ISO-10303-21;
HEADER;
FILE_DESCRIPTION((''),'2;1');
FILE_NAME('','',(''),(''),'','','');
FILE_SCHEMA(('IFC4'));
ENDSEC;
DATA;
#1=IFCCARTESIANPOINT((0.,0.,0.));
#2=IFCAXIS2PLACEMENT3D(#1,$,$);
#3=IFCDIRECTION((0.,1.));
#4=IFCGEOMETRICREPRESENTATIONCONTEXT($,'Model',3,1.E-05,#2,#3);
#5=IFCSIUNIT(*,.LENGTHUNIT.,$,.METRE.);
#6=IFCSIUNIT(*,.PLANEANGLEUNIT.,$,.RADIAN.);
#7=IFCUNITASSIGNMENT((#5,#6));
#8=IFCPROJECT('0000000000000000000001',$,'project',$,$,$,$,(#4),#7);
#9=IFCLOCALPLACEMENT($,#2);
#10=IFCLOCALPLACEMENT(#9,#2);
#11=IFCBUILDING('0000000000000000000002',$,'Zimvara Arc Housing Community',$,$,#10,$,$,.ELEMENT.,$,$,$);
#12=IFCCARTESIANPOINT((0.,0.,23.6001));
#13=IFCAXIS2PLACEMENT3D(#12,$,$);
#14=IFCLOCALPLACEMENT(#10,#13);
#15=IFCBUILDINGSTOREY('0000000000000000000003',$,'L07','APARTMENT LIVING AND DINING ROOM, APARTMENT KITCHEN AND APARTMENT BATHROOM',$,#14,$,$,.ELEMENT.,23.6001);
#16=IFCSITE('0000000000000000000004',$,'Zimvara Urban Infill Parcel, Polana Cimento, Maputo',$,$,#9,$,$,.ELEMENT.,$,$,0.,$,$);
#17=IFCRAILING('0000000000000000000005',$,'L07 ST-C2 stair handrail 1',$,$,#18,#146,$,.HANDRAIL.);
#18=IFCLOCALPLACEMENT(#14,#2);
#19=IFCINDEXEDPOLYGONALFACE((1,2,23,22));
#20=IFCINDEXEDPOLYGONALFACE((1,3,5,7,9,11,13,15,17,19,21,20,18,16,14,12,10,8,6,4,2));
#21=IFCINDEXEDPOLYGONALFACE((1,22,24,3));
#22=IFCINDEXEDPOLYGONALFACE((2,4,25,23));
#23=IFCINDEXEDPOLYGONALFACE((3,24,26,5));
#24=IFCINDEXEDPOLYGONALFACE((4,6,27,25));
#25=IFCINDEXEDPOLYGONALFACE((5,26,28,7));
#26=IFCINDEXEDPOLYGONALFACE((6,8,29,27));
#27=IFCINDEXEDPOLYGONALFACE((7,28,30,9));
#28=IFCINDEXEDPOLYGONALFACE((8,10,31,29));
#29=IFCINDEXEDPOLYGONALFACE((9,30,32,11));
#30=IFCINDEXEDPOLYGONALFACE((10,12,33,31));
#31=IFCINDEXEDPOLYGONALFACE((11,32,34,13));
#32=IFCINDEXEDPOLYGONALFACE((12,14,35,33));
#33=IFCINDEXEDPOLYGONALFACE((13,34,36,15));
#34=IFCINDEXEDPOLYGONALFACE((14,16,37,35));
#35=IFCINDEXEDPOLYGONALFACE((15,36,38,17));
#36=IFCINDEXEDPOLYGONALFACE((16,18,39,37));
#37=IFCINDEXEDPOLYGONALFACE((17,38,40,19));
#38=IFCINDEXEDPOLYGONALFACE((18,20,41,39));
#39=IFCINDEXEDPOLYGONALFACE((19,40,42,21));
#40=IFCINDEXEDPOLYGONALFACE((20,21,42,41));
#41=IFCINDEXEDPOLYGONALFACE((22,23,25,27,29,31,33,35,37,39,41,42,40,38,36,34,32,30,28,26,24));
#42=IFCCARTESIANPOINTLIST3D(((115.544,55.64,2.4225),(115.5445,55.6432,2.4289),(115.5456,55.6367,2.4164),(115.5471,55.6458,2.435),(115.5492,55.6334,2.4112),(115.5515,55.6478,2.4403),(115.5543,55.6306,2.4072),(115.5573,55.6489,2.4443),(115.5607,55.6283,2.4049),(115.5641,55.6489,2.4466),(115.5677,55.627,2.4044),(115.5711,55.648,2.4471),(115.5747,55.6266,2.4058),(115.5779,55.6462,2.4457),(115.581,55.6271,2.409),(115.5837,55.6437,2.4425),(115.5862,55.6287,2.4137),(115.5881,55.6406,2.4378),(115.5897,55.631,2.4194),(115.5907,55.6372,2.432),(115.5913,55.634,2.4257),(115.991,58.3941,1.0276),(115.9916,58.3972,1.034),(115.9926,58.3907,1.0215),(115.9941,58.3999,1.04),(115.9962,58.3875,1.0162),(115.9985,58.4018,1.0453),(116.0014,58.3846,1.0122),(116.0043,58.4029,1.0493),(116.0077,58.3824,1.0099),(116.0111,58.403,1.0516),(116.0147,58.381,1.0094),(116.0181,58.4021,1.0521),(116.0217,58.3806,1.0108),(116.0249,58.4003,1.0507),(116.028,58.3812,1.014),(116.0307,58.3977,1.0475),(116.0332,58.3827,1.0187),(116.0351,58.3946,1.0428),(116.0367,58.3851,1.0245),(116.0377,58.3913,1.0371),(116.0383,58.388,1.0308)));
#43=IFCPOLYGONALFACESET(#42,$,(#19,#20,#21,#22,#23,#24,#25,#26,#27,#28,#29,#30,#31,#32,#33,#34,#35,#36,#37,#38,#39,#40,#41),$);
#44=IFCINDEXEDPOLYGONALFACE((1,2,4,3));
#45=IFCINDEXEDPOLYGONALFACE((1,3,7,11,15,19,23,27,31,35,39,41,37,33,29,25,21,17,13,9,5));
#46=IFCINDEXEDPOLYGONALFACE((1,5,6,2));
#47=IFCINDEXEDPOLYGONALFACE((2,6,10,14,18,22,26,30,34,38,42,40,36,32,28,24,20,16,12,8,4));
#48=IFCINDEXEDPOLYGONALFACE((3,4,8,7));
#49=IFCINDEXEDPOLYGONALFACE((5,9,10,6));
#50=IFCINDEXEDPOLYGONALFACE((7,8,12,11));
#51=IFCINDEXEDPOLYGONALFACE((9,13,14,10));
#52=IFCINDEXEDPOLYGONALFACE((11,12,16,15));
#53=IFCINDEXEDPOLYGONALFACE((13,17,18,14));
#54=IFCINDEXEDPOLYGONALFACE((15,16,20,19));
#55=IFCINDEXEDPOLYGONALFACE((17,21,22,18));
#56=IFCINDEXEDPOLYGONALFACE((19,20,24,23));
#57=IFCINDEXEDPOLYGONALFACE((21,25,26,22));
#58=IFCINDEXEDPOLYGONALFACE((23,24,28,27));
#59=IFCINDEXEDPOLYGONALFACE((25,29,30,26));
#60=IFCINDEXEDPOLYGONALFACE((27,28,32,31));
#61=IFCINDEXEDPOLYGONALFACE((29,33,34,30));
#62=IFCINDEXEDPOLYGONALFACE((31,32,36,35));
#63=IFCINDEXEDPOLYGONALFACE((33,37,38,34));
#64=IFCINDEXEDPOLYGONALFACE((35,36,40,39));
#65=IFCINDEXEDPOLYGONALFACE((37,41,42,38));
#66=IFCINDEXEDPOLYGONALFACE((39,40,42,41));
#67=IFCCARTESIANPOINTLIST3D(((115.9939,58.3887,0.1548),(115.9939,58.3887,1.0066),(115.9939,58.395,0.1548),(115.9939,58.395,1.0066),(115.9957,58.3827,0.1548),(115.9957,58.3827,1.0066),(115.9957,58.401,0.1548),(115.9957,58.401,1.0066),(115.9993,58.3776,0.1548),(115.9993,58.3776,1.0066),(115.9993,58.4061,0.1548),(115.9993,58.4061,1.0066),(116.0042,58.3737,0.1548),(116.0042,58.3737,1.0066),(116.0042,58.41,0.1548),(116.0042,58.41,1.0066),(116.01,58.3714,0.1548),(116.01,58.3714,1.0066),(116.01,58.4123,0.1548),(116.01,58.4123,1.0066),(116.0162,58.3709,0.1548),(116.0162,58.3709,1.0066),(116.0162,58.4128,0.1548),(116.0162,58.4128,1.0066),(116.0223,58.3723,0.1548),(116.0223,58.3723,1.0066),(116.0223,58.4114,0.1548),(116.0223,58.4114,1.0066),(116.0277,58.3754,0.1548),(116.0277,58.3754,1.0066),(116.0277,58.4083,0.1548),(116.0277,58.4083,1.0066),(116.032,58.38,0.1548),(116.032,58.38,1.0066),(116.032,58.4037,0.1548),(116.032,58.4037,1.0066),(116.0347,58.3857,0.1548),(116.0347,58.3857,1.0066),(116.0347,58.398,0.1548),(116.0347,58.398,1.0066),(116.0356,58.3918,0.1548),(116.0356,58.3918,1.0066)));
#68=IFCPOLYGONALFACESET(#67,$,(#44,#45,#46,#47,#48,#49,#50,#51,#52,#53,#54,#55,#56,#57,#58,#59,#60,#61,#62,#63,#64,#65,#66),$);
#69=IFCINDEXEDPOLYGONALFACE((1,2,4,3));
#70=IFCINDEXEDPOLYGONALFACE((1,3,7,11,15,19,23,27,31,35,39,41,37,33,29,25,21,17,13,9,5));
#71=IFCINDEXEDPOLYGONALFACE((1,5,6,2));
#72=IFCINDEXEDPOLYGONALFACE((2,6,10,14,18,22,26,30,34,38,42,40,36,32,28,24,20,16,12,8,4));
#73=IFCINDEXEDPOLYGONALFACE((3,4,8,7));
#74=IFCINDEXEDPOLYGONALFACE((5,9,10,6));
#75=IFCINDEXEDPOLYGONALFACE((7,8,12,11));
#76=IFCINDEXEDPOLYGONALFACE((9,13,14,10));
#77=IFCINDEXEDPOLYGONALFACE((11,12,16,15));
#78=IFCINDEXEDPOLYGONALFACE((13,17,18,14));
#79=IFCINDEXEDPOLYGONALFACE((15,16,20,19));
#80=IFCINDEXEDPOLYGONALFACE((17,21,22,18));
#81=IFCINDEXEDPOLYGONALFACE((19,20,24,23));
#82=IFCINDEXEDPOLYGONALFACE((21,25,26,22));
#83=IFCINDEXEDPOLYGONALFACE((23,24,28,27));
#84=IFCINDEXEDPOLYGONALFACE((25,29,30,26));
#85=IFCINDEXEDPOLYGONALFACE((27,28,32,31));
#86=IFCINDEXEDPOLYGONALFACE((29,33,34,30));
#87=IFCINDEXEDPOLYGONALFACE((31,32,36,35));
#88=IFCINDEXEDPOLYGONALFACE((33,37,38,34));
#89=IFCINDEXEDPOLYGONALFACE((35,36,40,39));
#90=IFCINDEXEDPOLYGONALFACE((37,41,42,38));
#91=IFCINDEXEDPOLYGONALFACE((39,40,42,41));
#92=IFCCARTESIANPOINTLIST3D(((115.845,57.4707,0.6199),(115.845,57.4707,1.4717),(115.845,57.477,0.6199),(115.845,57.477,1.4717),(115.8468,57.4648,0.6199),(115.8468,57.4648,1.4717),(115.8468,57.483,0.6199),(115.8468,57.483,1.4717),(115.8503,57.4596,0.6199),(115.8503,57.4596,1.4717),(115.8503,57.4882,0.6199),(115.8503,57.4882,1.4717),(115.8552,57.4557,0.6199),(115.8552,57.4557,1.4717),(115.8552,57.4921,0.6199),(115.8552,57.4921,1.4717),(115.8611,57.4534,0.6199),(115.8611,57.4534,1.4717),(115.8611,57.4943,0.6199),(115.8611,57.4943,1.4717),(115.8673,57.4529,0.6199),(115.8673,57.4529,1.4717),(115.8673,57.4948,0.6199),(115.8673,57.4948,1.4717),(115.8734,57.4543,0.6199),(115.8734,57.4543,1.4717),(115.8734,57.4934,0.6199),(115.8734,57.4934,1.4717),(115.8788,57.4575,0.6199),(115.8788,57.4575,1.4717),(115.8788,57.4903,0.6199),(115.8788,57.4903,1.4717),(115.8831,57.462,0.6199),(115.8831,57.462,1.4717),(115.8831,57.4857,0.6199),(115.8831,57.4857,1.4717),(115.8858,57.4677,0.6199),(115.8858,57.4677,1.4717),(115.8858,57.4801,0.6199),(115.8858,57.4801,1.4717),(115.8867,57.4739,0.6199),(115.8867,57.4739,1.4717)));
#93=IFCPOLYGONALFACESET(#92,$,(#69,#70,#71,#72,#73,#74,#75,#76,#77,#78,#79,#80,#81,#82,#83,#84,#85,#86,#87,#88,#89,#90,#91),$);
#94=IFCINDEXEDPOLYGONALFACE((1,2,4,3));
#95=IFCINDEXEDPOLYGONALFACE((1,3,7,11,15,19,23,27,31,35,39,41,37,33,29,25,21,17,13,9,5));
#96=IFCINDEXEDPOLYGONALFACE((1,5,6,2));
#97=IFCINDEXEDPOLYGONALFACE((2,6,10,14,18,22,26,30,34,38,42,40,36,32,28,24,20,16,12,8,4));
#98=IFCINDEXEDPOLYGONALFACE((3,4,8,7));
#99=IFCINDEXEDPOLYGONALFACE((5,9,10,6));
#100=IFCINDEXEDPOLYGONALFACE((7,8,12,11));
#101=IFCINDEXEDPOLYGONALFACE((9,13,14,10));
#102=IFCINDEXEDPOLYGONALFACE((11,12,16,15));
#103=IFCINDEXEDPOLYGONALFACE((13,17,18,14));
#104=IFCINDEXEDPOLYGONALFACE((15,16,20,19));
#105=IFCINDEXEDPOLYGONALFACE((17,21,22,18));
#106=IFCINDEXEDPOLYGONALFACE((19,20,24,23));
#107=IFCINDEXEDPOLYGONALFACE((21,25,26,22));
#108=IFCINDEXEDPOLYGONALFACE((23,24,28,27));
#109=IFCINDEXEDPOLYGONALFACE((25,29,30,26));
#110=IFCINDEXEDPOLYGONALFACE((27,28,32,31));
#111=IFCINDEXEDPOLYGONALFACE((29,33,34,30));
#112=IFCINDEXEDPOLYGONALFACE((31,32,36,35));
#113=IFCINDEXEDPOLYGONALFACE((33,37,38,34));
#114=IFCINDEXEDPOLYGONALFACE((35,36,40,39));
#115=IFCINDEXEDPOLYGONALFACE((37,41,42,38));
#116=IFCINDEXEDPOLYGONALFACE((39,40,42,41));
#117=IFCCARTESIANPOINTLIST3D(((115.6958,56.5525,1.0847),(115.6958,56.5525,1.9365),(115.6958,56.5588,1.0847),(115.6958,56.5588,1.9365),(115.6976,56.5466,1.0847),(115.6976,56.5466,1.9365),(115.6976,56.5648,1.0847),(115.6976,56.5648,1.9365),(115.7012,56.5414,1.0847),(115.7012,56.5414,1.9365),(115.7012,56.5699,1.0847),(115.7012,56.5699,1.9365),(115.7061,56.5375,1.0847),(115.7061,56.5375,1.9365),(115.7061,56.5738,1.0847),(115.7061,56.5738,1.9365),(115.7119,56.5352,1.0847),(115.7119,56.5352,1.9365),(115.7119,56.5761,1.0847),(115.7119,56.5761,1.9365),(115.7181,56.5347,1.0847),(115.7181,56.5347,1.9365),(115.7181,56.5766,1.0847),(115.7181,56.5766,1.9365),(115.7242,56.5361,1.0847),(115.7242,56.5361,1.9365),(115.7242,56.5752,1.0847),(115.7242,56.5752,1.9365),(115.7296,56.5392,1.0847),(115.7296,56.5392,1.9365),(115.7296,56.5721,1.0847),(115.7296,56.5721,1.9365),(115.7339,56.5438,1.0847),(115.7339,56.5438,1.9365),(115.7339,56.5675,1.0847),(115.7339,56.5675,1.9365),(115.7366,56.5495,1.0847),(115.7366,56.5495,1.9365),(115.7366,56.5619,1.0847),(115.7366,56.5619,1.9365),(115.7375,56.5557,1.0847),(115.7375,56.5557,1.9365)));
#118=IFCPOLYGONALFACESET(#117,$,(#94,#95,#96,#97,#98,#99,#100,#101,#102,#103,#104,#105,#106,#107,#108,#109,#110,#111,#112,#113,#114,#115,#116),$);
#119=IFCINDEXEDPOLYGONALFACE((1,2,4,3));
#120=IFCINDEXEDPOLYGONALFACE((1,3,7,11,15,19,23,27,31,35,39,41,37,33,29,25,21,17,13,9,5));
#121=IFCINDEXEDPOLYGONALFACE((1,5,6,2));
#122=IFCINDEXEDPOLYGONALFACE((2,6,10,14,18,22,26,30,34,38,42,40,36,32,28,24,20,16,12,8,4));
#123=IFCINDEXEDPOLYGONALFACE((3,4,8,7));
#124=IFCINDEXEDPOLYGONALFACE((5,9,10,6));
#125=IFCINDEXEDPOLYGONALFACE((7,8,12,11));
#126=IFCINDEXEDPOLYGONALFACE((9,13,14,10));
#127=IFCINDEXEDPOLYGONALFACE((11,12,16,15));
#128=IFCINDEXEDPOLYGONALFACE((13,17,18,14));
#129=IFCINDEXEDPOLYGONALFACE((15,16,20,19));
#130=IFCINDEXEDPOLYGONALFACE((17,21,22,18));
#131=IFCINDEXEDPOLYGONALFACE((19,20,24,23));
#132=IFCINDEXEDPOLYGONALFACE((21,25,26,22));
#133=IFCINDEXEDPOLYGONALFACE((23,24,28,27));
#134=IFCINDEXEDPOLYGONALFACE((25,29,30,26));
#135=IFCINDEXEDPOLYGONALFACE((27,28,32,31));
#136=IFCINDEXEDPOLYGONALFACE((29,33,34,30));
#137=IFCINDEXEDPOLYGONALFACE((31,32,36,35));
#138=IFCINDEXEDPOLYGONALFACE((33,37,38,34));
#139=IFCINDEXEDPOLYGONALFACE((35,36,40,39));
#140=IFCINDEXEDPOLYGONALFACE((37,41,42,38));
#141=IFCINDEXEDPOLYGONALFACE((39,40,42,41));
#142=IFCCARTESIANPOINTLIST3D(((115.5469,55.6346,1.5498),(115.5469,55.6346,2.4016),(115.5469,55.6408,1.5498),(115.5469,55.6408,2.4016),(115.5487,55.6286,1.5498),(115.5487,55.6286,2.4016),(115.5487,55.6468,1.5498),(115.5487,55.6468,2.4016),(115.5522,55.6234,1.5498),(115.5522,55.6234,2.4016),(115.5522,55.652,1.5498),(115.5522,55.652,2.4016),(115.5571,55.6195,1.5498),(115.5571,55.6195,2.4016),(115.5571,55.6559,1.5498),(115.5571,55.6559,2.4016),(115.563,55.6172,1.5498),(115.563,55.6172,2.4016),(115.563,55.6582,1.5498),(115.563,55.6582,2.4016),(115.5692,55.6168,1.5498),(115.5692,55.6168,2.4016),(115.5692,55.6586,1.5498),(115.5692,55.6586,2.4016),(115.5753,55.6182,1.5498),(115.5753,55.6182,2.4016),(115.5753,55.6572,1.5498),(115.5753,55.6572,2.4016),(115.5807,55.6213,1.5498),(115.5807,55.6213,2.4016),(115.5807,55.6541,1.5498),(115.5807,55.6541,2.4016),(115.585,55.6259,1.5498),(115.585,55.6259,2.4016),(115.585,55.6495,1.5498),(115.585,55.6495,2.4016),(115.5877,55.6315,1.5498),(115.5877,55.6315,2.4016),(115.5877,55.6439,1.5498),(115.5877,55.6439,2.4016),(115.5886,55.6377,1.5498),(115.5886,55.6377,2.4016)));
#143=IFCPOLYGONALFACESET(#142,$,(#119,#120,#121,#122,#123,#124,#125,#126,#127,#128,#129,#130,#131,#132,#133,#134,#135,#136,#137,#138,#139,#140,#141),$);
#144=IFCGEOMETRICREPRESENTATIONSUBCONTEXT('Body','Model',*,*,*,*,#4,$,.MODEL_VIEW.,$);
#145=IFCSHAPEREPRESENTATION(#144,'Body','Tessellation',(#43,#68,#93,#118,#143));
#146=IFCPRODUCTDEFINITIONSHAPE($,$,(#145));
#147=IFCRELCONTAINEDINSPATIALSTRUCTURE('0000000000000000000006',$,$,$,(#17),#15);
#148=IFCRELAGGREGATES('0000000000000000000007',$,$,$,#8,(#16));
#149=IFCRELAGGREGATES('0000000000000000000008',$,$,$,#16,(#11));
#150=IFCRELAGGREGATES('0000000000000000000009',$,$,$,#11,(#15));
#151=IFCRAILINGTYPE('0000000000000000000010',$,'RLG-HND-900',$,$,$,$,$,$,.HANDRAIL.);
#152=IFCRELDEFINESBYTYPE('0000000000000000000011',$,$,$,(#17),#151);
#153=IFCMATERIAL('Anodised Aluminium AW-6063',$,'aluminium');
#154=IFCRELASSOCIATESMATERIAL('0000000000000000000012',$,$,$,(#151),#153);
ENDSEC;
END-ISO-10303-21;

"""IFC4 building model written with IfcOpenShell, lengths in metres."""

from ifc_helpers import new_model, si_unit, direction, frame, origin, origin_2d, place, context, subcontext, project, spatial, circle, extrude, material, type_object, element, save


model = new_model("IFC4")

# Units and contexts
model_context = context("Model", 3, precision=1e-05, world=origin(), true_north=direction((0.0, 1.0)))
body_context = subcontext(model_context, "Body", "Model", "MODEL_VIEW")
ifc_project = project(units=[si_unit("LENGTHUNIT", "METRE"), si_unit("PLANEANGLEUNIT", "RADIAN")], contexts=[model_context])

# Site, building, storey
site_placement = place(None, origin())
site = spatial("IfcSite", under=ifc_project, at=site_placement, Name="Zimvara Urban Infill Parcel, Polana Cimento, Maputo", CompositionType="ELEMENT", RefElevation=0.0)
building_placement = place(site_placement, origin())
building = spatial("IfcBuilding", under=site, at=building_placement, Name="Zimvara Arc Housing Community", CompositionType="ELEMENT")
storey_placement = place(building_placement, frame((0.0, 0.0, 23.6001)))
storey = spatial("IfcBuildingStorey", under=building, at=storey_placement, Name="L07", Description="APARTMENT LIVING AND DINING ROOM, APARTMENT KITCHEN AND APARTMENT BATHROOM", CompositionType="ELEMENT", Elevation=23.6001)

# Railing
ifc_material_1 = material(Name="Anodised Aluminium AW-6063", Category="aluminium")
railing_type_1 = type_object("IfcRailingType", Name="RLG-HND-900", PredefinedType="HANDRAIL", material=ifc_material_1)
railing_1_placement = place(storey_placement, frame((116.0146, 58.3918, 0.1548)))
element("IfcRailing", 1, at=railing_1_placement, inside=storey, type_object=railing_type_1, Name="L07 ST-C2 stair handrail 1", PredefinedType="HANDRAIL", context=body_context, shape_type="SweptSolid", body=[
    extrude(circle(Radius=0.0239, at=origin_2d()), frame((0.0, 0.0, 0.876), z_axis=(-0.143299, -0.882883, 0.447194), x_axis=(0.987083, -0.160212, 0.0)), (0.0, 0.0, 1.0), 3.1194),
    extrude(circle(Radius=0.021, at=origin_2d()), origin(), (0.0, 0.0, 1.0), 0.8518),
    extrude(circle(Radius=0.021, at=origin_2d()), frame((-0.1489, -0.918, 0.4651)), (0.0, 0.0, 1.0), 0.8518),
    extrude(circle(Radius=0.021, at=origin_2d()), frame((-0.2981, -1.8362, 0.9299)), (0.0, 0.0, 1.0), 0.8518),
    extrude(circle(Radius=0.021, at=origin_2d()), frame((-0.447, -2.7542, 1.395)), (0.0, 0.0, 1.0), 0.8518),
])

save(model, "model.ifc")
